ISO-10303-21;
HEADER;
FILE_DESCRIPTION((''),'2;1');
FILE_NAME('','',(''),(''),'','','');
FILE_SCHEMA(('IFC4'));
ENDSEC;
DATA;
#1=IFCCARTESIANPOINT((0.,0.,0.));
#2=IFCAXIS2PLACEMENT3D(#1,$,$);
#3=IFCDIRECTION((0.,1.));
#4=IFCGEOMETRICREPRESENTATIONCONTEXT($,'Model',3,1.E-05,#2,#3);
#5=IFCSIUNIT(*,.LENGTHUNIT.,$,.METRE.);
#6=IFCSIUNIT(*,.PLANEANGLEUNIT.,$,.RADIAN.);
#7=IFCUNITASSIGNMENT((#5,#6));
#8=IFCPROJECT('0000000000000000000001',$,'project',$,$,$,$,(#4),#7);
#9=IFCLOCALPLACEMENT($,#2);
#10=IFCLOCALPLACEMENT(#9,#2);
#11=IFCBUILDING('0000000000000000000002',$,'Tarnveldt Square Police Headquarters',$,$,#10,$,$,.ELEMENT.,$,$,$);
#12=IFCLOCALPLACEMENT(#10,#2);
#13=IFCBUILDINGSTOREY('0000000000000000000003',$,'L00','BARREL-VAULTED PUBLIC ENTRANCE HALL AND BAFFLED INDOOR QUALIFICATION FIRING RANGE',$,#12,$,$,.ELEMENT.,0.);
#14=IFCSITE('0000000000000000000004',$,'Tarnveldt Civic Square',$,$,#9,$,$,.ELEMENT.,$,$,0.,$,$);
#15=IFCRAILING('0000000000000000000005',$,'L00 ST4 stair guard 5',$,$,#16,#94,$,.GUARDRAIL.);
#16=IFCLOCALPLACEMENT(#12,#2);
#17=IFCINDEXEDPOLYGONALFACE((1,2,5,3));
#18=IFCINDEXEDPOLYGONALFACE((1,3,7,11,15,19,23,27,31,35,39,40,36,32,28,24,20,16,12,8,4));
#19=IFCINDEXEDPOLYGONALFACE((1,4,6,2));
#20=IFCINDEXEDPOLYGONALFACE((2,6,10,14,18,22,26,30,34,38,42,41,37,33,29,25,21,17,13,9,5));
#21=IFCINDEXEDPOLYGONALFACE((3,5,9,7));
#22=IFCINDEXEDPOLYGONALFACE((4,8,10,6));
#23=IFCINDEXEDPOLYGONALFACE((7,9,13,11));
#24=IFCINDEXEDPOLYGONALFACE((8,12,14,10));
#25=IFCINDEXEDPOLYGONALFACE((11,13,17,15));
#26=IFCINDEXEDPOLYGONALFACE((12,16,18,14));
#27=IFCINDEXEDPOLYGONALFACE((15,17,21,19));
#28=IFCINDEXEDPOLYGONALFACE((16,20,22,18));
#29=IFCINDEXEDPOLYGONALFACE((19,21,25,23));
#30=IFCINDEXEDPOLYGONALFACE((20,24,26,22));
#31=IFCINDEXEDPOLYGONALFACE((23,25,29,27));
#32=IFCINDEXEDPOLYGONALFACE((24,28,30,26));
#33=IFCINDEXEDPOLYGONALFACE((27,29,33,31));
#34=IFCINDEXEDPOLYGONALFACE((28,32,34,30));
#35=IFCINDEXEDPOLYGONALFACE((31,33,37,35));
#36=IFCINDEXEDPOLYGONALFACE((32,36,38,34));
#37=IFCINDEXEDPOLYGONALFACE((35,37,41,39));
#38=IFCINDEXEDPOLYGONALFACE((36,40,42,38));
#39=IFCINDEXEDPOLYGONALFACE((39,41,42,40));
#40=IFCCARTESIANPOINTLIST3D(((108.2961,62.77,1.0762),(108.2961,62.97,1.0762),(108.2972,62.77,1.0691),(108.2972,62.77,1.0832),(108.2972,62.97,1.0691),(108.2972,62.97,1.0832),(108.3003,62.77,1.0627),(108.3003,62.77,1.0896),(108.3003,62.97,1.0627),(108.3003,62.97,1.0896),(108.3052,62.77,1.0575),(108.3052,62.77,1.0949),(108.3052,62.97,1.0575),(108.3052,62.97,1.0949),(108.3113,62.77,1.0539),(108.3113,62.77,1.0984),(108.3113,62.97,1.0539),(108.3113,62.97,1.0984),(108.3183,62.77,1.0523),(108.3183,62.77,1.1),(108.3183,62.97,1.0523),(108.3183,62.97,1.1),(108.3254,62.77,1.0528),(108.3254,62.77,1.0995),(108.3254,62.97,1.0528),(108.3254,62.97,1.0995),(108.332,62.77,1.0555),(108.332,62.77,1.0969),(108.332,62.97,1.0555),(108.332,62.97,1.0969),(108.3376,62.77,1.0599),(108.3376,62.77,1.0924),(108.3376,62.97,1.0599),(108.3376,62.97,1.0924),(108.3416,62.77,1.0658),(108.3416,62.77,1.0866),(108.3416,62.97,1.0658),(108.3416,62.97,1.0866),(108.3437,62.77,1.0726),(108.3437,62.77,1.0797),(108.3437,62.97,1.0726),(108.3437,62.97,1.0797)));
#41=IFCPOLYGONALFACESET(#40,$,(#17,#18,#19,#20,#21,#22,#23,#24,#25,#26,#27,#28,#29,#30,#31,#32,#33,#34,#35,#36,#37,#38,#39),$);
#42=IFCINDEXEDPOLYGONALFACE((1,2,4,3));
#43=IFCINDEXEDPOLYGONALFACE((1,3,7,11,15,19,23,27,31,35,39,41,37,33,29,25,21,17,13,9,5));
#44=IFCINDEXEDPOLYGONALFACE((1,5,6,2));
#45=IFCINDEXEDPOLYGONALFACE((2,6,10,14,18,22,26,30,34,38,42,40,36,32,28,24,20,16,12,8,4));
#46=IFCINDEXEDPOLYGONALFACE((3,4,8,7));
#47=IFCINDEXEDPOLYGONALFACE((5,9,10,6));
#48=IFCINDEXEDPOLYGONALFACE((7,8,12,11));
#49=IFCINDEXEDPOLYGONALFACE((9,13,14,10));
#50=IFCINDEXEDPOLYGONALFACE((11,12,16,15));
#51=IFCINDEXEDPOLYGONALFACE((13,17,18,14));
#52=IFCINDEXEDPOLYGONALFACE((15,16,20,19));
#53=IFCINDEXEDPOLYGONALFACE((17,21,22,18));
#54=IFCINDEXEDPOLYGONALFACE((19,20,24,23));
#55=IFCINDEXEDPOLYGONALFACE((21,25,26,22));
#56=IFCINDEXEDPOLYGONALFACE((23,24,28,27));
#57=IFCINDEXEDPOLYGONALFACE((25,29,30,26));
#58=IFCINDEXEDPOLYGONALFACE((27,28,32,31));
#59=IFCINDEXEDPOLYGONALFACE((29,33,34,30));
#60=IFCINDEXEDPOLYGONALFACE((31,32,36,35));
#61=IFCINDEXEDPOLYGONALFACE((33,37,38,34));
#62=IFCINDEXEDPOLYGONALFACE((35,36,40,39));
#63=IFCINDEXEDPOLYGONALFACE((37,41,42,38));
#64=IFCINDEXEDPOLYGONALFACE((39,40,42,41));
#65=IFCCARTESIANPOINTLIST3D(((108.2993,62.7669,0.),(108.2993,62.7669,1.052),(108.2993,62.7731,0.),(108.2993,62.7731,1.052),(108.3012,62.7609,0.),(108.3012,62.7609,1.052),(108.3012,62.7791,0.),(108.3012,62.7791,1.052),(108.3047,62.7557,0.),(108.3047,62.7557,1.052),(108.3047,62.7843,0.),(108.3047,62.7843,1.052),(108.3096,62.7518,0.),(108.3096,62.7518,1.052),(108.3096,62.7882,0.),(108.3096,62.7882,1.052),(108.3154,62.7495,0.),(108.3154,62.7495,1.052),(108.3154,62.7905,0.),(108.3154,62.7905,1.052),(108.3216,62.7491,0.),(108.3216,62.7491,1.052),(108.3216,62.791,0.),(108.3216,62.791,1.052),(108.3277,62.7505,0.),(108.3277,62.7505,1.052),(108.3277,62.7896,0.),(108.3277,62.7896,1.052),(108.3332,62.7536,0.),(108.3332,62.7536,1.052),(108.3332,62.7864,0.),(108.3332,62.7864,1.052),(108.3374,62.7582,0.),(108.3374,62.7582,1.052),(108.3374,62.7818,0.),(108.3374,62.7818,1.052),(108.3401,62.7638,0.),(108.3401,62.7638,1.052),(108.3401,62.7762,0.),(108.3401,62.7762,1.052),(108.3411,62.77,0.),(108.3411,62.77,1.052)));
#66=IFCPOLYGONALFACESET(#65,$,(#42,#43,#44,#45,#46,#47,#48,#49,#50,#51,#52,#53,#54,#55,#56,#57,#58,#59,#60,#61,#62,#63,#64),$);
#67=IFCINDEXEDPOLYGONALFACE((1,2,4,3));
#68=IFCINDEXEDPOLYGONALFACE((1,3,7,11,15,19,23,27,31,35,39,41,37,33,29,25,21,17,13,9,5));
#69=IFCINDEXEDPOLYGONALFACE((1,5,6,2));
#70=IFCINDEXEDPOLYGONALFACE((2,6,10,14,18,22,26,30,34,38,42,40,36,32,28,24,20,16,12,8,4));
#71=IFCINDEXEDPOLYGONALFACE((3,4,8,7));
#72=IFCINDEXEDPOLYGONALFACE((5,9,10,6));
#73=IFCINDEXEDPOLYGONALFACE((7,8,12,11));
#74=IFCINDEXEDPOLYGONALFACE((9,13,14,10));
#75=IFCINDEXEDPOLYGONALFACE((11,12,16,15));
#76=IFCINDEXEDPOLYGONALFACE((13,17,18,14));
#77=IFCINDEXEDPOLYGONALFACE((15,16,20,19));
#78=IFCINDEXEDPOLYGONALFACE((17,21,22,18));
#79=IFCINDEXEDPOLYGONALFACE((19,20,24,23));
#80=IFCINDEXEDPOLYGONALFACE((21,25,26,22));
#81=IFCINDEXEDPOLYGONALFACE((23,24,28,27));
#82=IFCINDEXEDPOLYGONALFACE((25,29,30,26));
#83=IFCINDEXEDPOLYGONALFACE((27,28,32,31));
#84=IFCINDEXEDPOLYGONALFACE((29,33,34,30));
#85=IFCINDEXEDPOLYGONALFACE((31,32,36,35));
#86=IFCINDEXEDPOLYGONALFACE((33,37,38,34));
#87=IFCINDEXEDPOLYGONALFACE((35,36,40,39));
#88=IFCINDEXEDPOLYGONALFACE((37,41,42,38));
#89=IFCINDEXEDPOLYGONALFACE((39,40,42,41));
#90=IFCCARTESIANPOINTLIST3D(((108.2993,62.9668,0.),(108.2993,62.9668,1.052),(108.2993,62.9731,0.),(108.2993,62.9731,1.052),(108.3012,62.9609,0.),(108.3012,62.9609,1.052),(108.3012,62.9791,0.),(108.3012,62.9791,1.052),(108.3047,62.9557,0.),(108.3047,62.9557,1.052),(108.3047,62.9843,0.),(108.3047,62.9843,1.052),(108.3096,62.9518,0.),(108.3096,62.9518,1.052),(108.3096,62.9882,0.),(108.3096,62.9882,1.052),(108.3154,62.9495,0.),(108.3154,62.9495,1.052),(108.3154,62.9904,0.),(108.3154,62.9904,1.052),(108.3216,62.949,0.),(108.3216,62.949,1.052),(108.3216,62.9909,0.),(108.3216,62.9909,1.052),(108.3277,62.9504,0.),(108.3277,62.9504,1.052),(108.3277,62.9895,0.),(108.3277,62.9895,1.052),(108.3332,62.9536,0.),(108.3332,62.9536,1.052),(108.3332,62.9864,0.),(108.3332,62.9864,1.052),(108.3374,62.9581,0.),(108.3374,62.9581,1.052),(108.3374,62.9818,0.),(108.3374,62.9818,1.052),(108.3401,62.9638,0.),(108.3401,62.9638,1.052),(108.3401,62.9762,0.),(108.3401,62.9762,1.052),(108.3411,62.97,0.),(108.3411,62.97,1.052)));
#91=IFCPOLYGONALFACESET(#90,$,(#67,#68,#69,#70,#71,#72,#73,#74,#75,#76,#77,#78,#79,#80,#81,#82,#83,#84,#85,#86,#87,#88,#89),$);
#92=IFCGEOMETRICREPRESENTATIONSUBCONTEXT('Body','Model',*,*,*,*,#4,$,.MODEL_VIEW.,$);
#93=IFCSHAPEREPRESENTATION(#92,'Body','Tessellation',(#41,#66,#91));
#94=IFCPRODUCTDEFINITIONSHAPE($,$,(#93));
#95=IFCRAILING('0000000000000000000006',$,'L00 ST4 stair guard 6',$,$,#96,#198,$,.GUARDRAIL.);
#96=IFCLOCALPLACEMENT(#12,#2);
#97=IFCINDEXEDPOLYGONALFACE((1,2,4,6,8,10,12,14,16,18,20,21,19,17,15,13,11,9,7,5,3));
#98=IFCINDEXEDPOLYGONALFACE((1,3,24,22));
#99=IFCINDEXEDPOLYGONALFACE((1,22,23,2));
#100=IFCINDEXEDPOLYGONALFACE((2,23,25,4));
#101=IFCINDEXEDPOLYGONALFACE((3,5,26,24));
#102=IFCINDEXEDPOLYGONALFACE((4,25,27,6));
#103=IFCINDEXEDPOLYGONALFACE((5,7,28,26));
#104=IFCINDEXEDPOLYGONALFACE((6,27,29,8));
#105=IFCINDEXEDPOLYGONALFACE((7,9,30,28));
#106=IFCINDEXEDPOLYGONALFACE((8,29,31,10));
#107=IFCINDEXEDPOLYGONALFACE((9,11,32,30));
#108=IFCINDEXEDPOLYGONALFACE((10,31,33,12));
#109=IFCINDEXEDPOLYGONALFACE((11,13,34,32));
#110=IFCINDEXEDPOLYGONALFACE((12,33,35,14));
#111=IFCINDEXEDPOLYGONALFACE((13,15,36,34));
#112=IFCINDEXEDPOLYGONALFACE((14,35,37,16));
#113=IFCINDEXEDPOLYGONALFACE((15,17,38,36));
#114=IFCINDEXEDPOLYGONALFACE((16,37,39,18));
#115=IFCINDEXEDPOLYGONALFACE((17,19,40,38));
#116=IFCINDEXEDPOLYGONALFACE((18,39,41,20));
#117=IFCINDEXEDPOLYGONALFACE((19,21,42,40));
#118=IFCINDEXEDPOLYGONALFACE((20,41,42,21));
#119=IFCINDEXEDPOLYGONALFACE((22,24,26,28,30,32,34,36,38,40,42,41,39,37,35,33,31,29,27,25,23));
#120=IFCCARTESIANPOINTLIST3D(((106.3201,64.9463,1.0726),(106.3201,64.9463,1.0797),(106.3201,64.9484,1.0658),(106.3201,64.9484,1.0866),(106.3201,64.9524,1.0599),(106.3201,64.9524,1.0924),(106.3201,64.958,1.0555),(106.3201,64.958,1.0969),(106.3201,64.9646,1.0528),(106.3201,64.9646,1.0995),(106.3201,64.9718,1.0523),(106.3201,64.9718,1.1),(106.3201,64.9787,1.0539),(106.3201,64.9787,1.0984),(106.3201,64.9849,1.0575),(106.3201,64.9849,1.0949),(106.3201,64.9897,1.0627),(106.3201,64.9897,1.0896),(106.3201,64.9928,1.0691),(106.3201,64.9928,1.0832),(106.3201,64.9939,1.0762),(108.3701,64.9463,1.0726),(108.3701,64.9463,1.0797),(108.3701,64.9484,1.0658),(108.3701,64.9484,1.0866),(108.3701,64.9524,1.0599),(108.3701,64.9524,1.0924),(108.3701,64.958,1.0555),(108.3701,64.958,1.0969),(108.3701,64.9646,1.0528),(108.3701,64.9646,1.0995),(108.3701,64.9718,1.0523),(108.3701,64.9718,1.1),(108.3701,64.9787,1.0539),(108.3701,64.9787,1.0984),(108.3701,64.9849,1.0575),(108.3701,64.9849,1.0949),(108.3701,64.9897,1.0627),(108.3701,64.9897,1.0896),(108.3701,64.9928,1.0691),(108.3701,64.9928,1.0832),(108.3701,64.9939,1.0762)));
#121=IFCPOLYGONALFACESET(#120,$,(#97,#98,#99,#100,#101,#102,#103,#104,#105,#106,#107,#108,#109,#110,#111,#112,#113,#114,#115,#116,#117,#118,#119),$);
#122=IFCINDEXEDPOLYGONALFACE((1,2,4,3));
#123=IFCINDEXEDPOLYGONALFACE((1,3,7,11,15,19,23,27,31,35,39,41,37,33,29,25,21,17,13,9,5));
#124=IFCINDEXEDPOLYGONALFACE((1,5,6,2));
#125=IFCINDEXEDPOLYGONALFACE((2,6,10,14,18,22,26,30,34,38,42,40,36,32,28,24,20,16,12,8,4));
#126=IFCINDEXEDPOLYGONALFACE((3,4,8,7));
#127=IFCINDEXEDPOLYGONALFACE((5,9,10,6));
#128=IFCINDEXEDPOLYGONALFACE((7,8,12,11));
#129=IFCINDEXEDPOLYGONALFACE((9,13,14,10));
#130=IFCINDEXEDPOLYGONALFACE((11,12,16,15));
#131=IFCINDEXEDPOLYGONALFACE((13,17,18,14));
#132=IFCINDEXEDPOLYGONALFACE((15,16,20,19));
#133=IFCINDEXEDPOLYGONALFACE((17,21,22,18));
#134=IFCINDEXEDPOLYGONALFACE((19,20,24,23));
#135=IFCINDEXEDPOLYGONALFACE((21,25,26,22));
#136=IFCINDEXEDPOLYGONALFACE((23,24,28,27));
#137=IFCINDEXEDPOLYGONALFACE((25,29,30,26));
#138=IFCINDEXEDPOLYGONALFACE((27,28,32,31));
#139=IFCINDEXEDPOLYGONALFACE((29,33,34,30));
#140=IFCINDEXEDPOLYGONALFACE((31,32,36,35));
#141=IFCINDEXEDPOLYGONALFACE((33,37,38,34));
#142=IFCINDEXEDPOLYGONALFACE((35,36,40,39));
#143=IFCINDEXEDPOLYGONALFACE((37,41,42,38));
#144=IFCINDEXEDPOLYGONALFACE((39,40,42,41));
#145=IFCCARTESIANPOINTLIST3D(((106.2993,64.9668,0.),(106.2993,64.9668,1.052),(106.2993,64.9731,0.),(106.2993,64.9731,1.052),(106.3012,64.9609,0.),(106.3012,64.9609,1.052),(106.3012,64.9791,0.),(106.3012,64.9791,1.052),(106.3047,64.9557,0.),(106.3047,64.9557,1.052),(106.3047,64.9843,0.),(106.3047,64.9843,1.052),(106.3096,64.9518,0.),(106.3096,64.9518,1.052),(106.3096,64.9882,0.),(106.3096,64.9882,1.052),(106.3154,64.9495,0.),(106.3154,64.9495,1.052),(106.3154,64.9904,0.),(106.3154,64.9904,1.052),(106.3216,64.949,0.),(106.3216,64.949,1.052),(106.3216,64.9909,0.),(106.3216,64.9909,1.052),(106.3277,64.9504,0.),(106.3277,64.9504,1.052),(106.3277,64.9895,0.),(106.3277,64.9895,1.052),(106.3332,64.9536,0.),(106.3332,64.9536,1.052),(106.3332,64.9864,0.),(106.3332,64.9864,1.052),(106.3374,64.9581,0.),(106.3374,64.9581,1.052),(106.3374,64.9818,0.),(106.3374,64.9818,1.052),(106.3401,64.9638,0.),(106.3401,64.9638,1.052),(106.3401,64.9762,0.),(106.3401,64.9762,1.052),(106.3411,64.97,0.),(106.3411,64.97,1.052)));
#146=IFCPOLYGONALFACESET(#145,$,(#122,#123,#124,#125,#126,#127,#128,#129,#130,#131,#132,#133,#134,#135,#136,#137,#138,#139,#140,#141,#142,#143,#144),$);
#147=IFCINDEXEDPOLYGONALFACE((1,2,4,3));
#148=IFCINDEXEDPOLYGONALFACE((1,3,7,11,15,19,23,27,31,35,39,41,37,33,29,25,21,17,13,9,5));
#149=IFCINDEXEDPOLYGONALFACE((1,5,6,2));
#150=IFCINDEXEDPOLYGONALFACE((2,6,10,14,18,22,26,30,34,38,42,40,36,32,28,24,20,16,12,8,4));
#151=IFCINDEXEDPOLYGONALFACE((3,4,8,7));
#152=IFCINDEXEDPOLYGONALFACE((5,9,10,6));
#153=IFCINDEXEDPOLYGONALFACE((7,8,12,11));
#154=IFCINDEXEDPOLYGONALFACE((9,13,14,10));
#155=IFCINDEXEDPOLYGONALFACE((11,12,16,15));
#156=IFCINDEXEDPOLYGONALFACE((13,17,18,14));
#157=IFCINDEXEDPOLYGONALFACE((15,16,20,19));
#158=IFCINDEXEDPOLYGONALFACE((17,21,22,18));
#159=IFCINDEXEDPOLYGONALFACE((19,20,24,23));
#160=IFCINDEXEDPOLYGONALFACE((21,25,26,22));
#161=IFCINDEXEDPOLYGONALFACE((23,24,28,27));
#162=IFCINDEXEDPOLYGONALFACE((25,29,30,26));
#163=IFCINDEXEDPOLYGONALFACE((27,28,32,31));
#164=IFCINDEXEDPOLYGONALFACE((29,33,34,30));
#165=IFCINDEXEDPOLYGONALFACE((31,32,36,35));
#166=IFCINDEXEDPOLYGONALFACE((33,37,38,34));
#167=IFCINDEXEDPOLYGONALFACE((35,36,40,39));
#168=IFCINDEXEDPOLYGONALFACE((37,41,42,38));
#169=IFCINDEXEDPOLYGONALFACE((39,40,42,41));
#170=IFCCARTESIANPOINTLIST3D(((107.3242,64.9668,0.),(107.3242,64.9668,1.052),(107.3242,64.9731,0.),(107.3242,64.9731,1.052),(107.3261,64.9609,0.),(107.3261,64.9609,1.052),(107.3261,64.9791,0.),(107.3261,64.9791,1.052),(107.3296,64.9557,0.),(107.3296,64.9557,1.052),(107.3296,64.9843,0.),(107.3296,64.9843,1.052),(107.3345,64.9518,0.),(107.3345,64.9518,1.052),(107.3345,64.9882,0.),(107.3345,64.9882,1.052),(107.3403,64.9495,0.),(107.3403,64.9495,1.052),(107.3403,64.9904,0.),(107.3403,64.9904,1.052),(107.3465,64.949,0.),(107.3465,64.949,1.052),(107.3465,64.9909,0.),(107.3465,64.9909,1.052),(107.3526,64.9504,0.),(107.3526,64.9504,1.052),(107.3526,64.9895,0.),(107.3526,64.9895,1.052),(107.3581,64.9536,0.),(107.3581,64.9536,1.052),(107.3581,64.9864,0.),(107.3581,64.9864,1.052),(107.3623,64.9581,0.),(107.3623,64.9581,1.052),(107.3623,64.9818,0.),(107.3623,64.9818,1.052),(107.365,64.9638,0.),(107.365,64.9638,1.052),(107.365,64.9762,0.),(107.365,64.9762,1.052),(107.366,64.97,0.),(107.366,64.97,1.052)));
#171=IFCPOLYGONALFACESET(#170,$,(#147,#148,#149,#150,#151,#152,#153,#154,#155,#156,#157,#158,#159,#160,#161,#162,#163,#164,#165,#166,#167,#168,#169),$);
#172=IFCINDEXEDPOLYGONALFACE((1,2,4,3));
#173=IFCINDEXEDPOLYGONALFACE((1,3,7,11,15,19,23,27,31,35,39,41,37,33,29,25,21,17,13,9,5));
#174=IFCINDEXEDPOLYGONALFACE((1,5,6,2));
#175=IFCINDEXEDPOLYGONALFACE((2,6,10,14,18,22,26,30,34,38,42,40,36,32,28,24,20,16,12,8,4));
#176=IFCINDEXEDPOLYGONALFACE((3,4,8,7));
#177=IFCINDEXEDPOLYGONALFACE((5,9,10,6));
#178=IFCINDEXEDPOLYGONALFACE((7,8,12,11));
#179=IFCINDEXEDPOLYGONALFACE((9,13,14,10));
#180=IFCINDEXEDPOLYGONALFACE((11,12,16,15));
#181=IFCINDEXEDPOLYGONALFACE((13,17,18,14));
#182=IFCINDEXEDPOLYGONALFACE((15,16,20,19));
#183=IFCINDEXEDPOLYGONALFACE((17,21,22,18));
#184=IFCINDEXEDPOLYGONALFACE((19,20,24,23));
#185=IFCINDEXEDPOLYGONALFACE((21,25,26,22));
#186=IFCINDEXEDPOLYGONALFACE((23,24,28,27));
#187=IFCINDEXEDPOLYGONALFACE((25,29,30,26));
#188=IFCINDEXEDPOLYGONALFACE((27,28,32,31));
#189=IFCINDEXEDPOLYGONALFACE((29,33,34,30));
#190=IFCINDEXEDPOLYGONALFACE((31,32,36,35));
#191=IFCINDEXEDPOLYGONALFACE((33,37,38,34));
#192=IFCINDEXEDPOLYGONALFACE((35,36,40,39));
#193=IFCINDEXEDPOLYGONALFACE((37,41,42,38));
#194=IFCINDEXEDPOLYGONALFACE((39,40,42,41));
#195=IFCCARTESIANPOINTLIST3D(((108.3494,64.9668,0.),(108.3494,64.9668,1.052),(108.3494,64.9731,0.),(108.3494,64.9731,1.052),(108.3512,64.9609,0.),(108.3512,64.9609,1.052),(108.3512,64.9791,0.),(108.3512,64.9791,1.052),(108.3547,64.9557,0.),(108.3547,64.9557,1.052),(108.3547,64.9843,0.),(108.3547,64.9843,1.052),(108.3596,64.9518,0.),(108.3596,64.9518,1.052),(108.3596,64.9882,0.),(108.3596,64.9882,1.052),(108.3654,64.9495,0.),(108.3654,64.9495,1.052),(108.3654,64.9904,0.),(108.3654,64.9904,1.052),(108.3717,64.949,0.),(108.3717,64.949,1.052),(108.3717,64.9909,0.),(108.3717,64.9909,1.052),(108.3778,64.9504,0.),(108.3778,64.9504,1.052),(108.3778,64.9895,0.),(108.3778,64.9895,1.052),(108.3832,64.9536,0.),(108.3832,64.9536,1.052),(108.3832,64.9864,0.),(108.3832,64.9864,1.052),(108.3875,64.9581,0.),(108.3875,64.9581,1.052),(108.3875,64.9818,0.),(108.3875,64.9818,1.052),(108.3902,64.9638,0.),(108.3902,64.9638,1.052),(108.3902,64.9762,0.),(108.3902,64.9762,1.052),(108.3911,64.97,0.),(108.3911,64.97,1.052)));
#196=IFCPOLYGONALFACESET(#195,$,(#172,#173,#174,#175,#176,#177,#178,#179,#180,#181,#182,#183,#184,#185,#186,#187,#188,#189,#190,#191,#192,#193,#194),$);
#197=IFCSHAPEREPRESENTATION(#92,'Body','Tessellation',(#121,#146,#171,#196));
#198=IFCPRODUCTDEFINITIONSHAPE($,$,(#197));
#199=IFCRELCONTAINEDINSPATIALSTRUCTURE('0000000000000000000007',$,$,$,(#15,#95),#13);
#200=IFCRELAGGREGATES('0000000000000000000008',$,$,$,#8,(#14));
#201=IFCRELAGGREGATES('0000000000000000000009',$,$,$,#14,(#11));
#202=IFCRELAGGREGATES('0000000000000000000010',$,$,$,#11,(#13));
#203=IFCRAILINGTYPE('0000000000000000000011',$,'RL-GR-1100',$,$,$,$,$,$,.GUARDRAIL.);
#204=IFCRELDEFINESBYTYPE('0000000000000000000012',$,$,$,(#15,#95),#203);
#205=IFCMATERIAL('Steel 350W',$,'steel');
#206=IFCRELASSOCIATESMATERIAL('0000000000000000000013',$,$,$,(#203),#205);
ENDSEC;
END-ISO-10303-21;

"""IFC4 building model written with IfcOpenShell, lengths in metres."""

from ifc_helpers import new_model, si_unit, direction, frame, origin, origin_2d, place, context, subcontext, project, spatial, circle, extrude, material, type_object, element, save


model = new_model("IFC4")

# Units and contexts
model_context = context("Model", 3, precision=1e-05, world=origin(), true_north=direction((0.0, 1.0)))
body_context = subcontext(model_context, "Body", "Model", "MODEL_VIEW")
ifc_project = project(units=[si_unit("LENGTHUNIT", "METRE"), si_unit("PLANEANGLEUNIT", "RADIAN")], contexts=[model_context])

# Site, building, storey
site_placement = place(None, origin())
site = spatial("IfcSite", under=ifc_project, at=site_placement, Name="Tarnveldt Civic Square", CompositionType="ELEMENT", RefElevation=0.0)
building_placement = place(site_placement, origin())
building = spatial("IfcBuilding", under=site, at=building_placement, Name="Tarnveldt Square Police Headquarters", CompositionType="ELEMENT")
storey_placement = place(building_placement, origin())
storey = spatial("IfcBuildingStorey", under=building, at=storey_placement, Name="L00", Description="BARREL-VAULTED PUBLIC ENTRANCE HALL AND BAFFLED INDOOR QUALIFICATION FIRING RANGE", CompositionType="ELEMENT", Elevation=0.0)

# Railings
ifc_material_1 = material(Name="Steel 350W", Category="steel")
railing_type_1 = type_object("IfcRailingType", Name="RL-GR-1100", PredefinedType="GUARDRAIL", material=ifc_material_1)
railing_1_placement = place(storey_placement, frame((108.3201, 62.77, 0.0)))
element("IfcRailing", 1, at=railing_1_placement, inside=storey, type_object=railing_type_1, Name="L00 ST4 stair guard 5", PredefinedType="GUARDRAIL", context=body_context, shape_type="SweptSolid", body=[
    extrude(circle(Radius=0.0239, at=origin_2d()), frame((0.0, 0.0, 1.0762), z_axis=(0.0, 1.0, 0.0), x_axis=(-1.0, 0.0, 0.0)), (0.0, 0.0, 1.0), 0.2),
    extrude(circle(Radius=0.021, at=origin_2d()), origin(), (0.0, 0.0, 1.0), 1.052),
    extrude(circle(Radius=0.021, at=origin_2d()), frame((0.0, 0.2, 0.0)), (0.0, 0.0, 1.0), 1.052),
])
railing_2_placement = place(storey_placement, frame((106.3201, 64.97, 0.0)))
element("IfcRailing", 2, at=railing_2_placement, inside=storey, type_object=railing_type_1, Name="L00 ST4 stair guard 6", PredefinedType="GUARDRAIL", context=body_context, shape_type="SweptSolid", body=[
    extrude(circle(Radius=0.0239, at=origin_2d()), frame((0.0, 0.0, 1.0762), z_axis=(1.0, 0.0, 0.0), x_axis=(0.0, 1.0, 0.0)), (0.0, 0.0, 1.0), 2.05),
    extrude(circle(Radius=0.021, at=origin_2d()), origin(), (0.0, 0.0, 1.0), 1.052),
    extrude(circle(Radius=0.021, at=origin_2d()), frame((1.0249, 0.0, 0.0)), (0.0, 0.0, 1.0), 1.052),
    extrude(circle(Radius=0.021, at=origin_2d()), frame((2.05, 0.0, 0.0)), (0.0, 0.0, 1.0), 1.052),
])

save(model, "model.ifc")
